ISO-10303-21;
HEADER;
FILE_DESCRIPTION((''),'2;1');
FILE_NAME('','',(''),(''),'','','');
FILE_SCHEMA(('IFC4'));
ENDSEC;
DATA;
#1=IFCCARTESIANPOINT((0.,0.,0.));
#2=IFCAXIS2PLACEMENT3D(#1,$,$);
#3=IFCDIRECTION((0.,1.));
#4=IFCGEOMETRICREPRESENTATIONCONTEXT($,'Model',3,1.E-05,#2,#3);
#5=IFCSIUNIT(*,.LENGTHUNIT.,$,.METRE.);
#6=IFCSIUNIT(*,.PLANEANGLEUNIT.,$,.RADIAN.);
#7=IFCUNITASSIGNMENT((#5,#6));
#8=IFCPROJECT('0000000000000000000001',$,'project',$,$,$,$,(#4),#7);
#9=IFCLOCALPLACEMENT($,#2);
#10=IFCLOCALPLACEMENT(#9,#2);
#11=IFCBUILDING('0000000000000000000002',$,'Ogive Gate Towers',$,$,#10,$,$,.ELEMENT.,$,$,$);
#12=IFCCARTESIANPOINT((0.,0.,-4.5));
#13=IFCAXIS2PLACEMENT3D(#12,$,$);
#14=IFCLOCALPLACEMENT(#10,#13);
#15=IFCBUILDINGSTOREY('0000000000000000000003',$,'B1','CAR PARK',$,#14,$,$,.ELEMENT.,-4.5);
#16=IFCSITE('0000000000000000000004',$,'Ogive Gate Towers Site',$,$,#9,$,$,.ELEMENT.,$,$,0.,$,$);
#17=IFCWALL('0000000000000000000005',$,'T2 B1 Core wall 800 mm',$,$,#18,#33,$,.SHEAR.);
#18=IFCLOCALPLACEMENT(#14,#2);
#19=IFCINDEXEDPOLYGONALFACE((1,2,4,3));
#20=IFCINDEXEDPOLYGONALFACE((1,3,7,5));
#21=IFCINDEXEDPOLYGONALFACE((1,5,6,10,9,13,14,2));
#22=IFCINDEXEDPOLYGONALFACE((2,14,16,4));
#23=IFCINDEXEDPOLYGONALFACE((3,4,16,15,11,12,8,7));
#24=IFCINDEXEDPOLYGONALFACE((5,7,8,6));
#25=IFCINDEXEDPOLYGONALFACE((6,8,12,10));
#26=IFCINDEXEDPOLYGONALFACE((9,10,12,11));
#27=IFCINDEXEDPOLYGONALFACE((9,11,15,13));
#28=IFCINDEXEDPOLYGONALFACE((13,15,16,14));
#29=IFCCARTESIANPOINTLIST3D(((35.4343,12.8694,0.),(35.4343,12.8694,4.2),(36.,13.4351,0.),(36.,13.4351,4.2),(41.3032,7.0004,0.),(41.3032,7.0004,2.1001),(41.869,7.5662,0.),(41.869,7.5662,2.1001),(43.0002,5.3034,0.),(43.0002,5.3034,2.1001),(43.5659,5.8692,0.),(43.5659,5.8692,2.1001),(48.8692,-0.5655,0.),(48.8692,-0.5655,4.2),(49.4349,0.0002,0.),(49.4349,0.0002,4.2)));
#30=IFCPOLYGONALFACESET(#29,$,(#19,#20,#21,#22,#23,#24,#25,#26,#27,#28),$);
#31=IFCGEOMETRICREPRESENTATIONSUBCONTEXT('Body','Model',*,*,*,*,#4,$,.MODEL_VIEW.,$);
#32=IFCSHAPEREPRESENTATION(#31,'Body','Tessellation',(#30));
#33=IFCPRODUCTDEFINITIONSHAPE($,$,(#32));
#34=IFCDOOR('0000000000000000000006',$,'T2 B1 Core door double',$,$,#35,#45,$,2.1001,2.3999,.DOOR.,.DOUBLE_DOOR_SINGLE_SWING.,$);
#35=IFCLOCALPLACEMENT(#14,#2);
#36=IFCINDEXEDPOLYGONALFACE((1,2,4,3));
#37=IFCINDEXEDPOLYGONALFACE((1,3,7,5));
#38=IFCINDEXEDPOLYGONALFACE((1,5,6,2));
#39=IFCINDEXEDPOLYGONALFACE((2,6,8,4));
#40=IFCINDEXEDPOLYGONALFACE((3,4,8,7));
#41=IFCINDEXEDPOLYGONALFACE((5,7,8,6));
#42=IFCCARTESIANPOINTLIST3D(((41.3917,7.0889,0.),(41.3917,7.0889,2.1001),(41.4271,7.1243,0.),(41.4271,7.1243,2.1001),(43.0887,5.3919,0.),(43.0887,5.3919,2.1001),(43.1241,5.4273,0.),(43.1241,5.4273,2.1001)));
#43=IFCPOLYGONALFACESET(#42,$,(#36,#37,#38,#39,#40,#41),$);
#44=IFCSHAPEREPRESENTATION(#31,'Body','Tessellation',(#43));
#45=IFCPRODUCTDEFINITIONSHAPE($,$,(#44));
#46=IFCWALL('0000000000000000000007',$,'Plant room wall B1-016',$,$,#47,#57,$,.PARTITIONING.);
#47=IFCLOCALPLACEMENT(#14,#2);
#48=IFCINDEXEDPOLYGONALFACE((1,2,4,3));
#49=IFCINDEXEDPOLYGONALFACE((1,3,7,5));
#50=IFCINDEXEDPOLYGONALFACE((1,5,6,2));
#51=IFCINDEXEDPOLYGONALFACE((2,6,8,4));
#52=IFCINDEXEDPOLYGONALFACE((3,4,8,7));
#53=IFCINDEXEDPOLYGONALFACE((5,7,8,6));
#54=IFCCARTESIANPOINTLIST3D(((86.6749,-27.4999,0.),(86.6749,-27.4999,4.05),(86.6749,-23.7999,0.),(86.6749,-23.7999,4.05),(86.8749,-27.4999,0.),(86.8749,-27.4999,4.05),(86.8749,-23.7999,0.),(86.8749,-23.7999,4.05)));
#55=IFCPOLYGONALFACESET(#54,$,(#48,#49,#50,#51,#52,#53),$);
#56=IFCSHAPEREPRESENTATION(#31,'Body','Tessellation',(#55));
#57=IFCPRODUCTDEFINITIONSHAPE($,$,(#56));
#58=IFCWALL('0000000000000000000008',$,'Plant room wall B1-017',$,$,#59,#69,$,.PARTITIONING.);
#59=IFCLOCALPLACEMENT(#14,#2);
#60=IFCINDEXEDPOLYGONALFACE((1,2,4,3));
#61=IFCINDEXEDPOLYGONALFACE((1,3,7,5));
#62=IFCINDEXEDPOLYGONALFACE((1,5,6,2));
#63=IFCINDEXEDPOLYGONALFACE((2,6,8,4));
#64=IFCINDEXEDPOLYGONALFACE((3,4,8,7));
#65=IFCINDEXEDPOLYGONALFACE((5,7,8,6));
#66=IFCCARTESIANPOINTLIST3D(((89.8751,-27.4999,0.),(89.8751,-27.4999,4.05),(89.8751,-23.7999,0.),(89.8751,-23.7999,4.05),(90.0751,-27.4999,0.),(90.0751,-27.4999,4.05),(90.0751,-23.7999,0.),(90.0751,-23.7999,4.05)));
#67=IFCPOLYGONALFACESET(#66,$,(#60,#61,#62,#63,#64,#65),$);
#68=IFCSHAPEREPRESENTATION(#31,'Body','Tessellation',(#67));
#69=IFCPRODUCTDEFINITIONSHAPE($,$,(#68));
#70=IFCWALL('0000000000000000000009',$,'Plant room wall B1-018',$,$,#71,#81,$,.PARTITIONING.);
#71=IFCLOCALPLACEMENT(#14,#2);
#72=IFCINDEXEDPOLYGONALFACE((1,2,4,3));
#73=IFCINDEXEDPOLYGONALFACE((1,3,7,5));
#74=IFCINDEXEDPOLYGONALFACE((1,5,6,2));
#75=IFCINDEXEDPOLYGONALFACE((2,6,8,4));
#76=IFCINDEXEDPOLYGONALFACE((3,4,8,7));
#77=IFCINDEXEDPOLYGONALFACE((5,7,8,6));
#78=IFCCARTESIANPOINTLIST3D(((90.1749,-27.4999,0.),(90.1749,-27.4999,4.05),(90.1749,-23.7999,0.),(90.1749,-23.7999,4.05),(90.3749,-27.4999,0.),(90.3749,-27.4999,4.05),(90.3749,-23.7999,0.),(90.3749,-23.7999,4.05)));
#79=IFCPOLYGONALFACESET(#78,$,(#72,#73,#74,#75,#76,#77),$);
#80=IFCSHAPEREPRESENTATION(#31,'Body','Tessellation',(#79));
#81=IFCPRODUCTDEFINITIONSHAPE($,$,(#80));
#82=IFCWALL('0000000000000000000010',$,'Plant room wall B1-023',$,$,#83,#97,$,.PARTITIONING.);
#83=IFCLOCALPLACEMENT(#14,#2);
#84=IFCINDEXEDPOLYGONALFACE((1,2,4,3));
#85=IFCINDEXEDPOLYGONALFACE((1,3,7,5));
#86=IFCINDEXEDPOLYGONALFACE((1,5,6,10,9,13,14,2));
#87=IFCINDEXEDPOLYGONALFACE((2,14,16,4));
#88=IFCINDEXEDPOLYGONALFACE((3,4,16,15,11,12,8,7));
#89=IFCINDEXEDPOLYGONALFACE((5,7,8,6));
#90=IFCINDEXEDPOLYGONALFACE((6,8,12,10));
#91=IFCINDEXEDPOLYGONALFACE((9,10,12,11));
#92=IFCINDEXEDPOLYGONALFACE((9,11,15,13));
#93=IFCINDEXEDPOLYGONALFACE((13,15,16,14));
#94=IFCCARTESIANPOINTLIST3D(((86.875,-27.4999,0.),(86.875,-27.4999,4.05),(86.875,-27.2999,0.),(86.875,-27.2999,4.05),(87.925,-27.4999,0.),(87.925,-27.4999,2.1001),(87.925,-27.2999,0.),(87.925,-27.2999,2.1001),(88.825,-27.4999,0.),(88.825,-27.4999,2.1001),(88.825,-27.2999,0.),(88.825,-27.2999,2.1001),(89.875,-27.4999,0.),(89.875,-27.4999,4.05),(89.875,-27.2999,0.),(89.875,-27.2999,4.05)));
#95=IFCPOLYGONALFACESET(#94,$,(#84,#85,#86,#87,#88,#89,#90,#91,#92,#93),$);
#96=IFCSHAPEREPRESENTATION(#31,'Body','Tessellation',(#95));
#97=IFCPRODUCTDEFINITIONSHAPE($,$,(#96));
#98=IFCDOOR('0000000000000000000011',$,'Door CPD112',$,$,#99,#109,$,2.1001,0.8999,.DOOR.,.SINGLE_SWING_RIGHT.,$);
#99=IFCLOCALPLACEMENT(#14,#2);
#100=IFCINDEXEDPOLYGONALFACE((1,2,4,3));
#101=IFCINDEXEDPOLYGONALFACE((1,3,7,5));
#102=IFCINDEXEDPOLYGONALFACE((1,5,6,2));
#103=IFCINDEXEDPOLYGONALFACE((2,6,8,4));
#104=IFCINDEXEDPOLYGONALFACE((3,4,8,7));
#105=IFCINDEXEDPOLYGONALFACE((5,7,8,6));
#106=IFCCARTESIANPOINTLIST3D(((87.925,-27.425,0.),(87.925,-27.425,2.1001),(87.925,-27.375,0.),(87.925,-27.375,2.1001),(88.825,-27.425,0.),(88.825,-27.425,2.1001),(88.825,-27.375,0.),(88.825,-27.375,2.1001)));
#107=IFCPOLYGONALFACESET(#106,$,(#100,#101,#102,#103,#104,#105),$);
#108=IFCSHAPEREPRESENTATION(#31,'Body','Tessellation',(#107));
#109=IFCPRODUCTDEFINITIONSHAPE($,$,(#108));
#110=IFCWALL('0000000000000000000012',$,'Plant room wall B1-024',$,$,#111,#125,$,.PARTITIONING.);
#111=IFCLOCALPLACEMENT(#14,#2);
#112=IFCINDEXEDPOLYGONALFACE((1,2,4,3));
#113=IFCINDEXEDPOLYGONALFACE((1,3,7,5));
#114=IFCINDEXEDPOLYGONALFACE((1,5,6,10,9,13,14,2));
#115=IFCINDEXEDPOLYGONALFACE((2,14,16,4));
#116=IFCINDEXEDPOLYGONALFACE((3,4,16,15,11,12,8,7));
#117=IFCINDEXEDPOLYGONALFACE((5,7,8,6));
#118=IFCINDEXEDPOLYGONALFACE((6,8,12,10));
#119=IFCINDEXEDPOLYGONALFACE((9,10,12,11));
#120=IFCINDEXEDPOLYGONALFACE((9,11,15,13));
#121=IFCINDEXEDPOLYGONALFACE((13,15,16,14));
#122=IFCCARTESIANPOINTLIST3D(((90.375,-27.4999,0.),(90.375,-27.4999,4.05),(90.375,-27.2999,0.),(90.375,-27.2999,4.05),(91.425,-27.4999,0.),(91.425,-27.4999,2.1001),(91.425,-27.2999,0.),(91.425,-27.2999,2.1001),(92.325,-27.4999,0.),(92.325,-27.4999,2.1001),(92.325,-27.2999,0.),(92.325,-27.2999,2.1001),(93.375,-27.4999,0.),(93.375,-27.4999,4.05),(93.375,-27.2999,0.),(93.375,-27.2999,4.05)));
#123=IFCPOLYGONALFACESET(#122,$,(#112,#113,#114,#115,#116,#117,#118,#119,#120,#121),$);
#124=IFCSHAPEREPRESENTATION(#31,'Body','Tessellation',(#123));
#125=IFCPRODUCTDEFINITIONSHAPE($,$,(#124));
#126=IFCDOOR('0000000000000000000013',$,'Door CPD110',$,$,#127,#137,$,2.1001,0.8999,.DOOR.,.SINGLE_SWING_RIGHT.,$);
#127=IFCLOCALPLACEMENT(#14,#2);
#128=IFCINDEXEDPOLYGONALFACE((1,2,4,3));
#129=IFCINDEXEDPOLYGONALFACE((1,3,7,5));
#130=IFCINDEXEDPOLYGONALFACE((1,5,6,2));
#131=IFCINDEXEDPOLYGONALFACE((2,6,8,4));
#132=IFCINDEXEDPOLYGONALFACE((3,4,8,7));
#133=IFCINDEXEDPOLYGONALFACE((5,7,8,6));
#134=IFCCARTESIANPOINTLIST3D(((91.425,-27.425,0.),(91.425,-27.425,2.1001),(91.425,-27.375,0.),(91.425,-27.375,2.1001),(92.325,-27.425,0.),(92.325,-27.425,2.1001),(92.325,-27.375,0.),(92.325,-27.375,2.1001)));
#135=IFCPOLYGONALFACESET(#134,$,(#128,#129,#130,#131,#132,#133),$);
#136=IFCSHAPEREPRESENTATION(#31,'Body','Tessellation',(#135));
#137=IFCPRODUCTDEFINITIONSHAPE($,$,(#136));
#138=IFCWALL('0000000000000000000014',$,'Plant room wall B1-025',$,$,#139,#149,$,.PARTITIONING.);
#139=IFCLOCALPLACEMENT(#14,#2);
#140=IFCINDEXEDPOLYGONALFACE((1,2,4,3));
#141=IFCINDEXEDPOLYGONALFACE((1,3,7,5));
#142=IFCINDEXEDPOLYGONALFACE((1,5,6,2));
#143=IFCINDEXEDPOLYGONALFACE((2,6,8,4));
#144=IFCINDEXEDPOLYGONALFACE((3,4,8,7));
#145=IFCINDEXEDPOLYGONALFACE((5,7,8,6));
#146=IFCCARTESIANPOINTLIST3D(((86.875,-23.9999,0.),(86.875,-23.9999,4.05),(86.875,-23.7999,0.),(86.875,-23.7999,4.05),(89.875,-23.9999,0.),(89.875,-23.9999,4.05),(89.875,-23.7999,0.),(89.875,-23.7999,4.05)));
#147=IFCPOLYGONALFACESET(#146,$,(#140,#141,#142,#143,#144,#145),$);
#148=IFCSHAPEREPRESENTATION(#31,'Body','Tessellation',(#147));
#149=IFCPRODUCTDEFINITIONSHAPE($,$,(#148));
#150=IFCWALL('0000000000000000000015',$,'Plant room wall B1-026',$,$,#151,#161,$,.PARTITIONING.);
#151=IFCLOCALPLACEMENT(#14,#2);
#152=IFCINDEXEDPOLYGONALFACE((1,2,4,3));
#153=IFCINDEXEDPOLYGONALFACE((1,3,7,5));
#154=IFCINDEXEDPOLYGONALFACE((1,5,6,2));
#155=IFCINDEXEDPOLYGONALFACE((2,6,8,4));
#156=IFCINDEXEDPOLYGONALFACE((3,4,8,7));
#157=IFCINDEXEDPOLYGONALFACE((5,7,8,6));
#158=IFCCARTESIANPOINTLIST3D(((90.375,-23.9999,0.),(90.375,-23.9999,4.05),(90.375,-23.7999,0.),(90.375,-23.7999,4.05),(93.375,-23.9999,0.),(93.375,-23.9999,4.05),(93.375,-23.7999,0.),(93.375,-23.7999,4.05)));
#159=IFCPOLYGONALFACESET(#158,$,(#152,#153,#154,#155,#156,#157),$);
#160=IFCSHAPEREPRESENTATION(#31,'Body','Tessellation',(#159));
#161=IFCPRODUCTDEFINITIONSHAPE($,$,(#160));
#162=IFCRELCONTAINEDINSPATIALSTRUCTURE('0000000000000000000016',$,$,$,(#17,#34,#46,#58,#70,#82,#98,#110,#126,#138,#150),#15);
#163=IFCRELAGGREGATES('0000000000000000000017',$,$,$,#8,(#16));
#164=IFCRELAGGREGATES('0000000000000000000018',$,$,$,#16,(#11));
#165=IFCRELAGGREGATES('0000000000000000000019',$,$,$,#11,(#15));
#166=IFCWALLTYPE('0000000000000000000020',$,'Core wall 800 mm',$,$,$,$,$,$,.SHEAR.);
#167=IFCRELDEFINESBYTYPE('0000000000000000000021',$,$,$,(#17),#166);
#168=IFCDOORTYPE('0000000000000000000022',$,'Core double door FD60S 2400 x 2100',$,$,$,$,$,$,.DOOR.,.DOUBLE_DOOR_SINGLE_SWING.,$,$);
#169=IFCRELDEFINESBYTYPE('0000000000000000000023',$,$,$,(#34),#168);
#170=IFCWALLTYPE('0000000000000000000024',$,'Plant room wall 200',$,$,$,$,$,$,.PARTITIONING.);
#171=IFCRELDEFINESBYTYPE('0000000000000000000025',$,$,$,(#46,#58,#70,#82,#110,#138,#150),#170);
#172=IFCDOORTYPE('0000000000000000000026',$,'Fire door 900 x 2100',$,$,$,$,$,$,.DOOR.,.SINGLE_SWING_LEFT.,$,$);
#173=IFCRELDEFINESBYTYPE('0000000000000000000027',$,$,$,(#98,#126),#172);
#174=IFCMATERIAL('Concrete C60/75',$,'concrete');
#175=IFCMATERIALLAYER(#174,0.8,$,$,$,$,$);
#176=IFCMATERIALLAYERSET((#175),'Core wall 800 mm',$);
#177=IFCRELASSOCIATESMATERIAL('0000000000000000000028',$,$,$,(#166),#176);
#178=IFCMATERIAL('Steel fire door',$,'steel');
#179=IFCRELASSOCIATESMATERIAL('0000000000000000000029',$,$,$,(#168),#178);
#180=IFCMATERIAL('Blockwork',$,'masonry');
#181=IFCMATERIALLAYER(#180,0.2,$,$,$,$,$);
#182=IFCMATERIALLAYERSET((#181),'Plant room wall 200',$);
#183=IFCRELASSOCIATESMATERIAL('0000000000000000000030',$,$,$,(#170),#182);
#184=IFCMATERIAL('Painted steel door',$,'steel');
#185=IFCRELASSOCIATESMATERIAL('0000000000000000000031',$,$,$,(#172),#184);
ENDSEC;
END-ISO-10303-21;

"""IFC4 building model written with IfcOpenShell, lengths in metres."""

from ifc_helpers import new_model, si_unit, direction, frame, frame_2d, origin, place, context, subcontext, project, spatial, rectangle, extrude, material, layer, layer_set, type_object, element, fill, save


model = new_model("IFC4")

# Units and contexts
model_context = context("Model", 3, precision=1e-05, world=origin(), true_north=direction((0.0, 1.0)))
body_context = subcontext(model_context, "Body", "Model", "MODEL_VIEW")
ifc_project = project(units=[si_unit("LENGTHUNIT", "METRE"), si_unit("PLANEANGLEUNIT", "RADIAN")], contexts=[model_context])

# Site, building, storey
site_placement = place(None, origin())
site = spatial("IfcSite", under=ifc_project, at=site_placement, Name="Ogive Gate Towers Site", CompositionType="ELEMENT", RefElevation=0.0)
building_placement = place(site_placement, origin())
building = spatial("IfcBuilding", under=site, at=building_placement, Name="Ogive Gate Towers", CompositionType="ELEMENT")
storey_placement = place(building_placement, frame((0.0, 0.0, -4.5)))
storey = spatial("IfcBuildingStorey", under=building, at=storey_placement, Name="B1", Description="CAR PARK", CompositionType="ELEMENT", Elevation=-4.5)

# Wall, opening, door
ifc_material_1 = material(Name="Concrete C60/75", Category="concrete")
ifc_layer_1 = layer(ifc_material_1, 0.8)
ifc_layer_set_1 = layer_set([ifc_layer_1], Name="Core wall 800 mm")
wall_type_1 = type_object("IfcWallType", Name="Core wall 800 mm", PredefinedType="SHEAR", material=ifc_layer_set_1)
wall_1_placement = place(storey_placement, frame((49.1521, -0.2827, 0.0), z_axis=(0.0, 0.0, 1.0), x_axis=(-0.707107, 0.707107, 0.0)))
wall_1 = element("IfcWall", 1, at=wall_1_placement, inside=storey, type_object=wall_type_1, Name="T2 B1 Core wall 800 mm", PredefinedType="SHEAR", context=body_context, shape_type="SweptSolid", body=[
    extrude(rectangle(XDim=18.9998, YDim=0.8, at=frame_2d((9.5, 0.0))), origin(), (0.0, 0.0, 1.0), 4.2),
])
opening_1_placement = place(wall_1_placement, frame((8.3, 0.0, 0.0)))
opening_1 = element("IfcOpeningElement", 2, at=opening_1_placement, cuts=wall_1, PredefinedType="OPENING", context=body_context, shape_type="SweptSolid", body=[
    extrude(rectangle(XDim=2.3999, YDim=2.1001, at=frame_2d((1.2, 1.05))), frame((0.0, 0.4102, 0.0), z_axis=(0.0, -1.0, 0.0), x_axis=(1.0, 0.0, 0.0)), (0.0, 0.0, 1.0), 0.8201),
])
ifc_material_2 = material(Name="Steel fire door", Category="steel")
door_type_1 = type_object("IfcDoorType", Name="Core double door FD60S 2400 x 2100", OperationType="DOUBLE_DOOR_SINGLE_SWING", PredefinedType="DOOR", material=ifc_material_2)
door_1_placement = place(opening_1_placement, origin())
door_1 = element("IfcDoor", 3, at=door_1_placement, inside=storey, type_object=door_type_1, Name="T2 B1 Core door double", OperationType="DOUBLE_DOOR_SINGLE_SWING", OverallHeight=2.1001, OverallWidth=2.3999, PredefinedType="DOOR", context=body_context, shape_type="SweptSolid", body=[
    extrude(rectangle(XDim=2.3999, YDim=2.1001, at=frame_2d((1.2, 1.05))), frame((0.0, 0.2749, 0.0), z_axis=(0.0, -1.0, 0.0), x_axis=(1.0, 0.0, 0.0)), (0.0, 0.0, 1.0), 0.05),
])
fill(opening_1, door_1)

# Walls
ifc_material_3 = material(Name="Blockwork", Category="masonry")
ifc_layer_2 = layer(ifc_material_3, 0.2)
ifc_layer_set_2 = layer_set([ifc_layer_2], Name="Plant room wall 200")
wall_type_2 = type_object("IfcWallType", Name="Plant room wall 200", PredefinedType="PARTITIONING", material=ifc_layer_set_2)
for number, where, z_axis, x_axis, name in (
    (4, (86.7749, -27.5, 0.0), (0.0, 0.0, 1.0), (0.0, 1.0, 0.0), "Plant room wall B1-016"),
    (5, (89.9751, -27.5, 0.0), (0.0, 0.0, 1.0), (0.0, 1.0, 0.0), "Plant room wall B1-017"),
    (6, (90.2749, -27.5, 0.0), (0.0, 0.0, 1.0), (0.0, 1.0, 0.0), "Plant room wall B1-018"),
):
    element("IfcWall", number, at=place(storey_placement, frame(where, z_axis=z_axis, x_axis=x_axis)), inside=storey, type_object=wall_type_2, Name=name, PredefinedType="PARTITIONING", context=body_context, shape_type="SweptSolid", body=[
        extrude(rectangle(XDim=3.7, YDim=0.2, at=frame_2d((1.8501, 0.0))), origin(), (0.0, 0.0, 1.0), 4.05),
    ])

# Walls, openings, doors
wall_2_placement = place(storey_placement, frame((86.875, -27.3999, 0.0), z_axis=(0.0, 0.0, 1.0), x_axis=(1.0, 0.0, 0.0)))
wall_2 = element("IfcWall", 7, at=wall_2_placement, inside=storey, type_object=wall_type_2, Name="Plant room wall B1-023", PredefinedType="PARTITIONING", context=body_context, shape_type="SweptSolid", body=[
    extrude(rectangle(XDim=3.0, YDim=0.2, at=frame_2d((1.5, 0.0))), origin(), (0.0, 0.0, 1.0), 4.05),
])
opening_2_placement = place(wall_2_placement, frame((1.05, 0.0, 0.0)))
opening_2 = element("IfcOpeningElement", 8, at=opening_2_placement, cuts=wall_2, PredefinedType="OPENING", context=body_context, shape_type="SweptSolid", body=[
    extrude(rectangle(XDim=0.8999, YDim=2.1001, at=frame_2d((0.45, 1.05))), frame((0.0, 0.1099, 0.0), z_axis=(0.0, -1.0, 0.0), x_axis=(1.0, 0.0, 0.0)), (0.0, 0.0, 1.0), 0.22),
])
ifc_material_4 = material(Name="Painted steel door", Category="steel")
door_type_2 = type_object("IfcDoorType", Name="Fire door 900 x 2100", OperationType="SINGLE_SWING_LEFT", PredefinedType="DOOR", material=ifc_material_4)
door_2_placement = place(opening_2_placement, origin())
door_2 = element("IfcDoor", 9, at=door_2_placement, inside=storey, type_object=door_type_2, Name="Door CPD112", OperationType="SINGLE_SWING_RIGHT", OverallHeight=2.1001, OverallWidth=0.8999, PredefinedType="DOOR", context=body_context, shape_type="SweptSolid", body=[
    extrude(rectangle(XDim=0.8999, YDim=2.1001, at=frame_2d((0.45, 1.05))), frame((0.0, 0.0249, 0.0), z_axis=(0.0, -1.0, 0.0), x_axis=(1.0, 0.0, 0.0)), (0.0, 0.0, 1.0), 0.05),
])
fill(opening_2, door_2)
wall_3_placement = place(storey_placement, frame((90.375, -27.3999, 0.0), z_axis=(0.0, 0.0, 1.0), x_axis=(1.0, 0.0, 0.0)))
wall_3 = element("IfcWall", 10, at=wall_3_placement, inside=storey, type_object=wall_type_2, Name="Plant room wall B1-024", PredefinedType="PARTITIONING", context=body_context, shape_type="SweptSolid", body=[
    extrude(rectangle(XDim=3.0, YDim=0.2, at=frame_2d((1.5, 0.0))), origin(), (0.0, 0.0, 1.0), 4.05),
])
opening_3_placement = place(wall_3_placement, frame((1.05, 0.0, 0.0)))
opening_3 = element("IfcOpeningElement", 11, at=opening_3_placement, cuts=wall_3, PredefinedType="OPENING", context=body_context, shape_type="SweptSolid", body=[
    extrude(rectangle(XDim=0.8999, YDim=2.1001, at=frame_2d((0.45, 1.05))), frame((0.0, 0.1099, 0.0), z_axis=(0.0, -1.0, 0.0), x_axis=(1.0, 0.0, 0.0)), (0.0, 0.0, 1.0), 0.22),
])
door_3_placement = place(opening_3_placement, origin())
door_3 = element("IfcDoor", 12, at=door_3_placement, inside=storey, type_object=door_type_2, Name="Door CPD110", OperationType="SINGLE_SWING_RIGHT", OverallHeight=2.1001, OverallWidth=0.8999, PredefinedType="DOOR", context=body_context, shape_type="SweptSolid", body=[
    extrude(rectangle(XDim=0.8999, YDim=2.1001, at=frame_2d((0.45, 1.05))), frame((0.0, 0.0249, 0.0), z_axis=(0.0, -1.0, 0.0), x_axis=(1.0, 0.0, 0.0)), (0.0, 0.0, 1.0), 0.05),
])
fill(opening_3, door_3)

# Walls
for number, where, z_axis, x_axis, name in (
    (13, (86.875, -23.8999, 0.0), (0.0, 0.0, 1.0), (1.0, 0.0, 0.0), "Plant room wall B1-025"),
    (14, (90.375, -23.8999, 0.0), (0.0, 0.0, 1.0), (1.0, 0.0, 0.0), "Plant room wall B1-026"),
):
    element("IfcWall", number, at=place(storey_placement, frame(where, z_axis=z_axis, x_axis=x_axis)), inside=storey, type_object=wall_type_2, Name=name, PredefinedType="PARTITIONING", context=body_context, shape_type="SweptSolid", body=[
        extrude(rectangle(XDim=3.0, YDim=0.2, at=frame_2d((1.5, 0.0))), origin(), (0.0, 0.0, 1.0), 4.05),
    ])

save(model, "model.ifc")
